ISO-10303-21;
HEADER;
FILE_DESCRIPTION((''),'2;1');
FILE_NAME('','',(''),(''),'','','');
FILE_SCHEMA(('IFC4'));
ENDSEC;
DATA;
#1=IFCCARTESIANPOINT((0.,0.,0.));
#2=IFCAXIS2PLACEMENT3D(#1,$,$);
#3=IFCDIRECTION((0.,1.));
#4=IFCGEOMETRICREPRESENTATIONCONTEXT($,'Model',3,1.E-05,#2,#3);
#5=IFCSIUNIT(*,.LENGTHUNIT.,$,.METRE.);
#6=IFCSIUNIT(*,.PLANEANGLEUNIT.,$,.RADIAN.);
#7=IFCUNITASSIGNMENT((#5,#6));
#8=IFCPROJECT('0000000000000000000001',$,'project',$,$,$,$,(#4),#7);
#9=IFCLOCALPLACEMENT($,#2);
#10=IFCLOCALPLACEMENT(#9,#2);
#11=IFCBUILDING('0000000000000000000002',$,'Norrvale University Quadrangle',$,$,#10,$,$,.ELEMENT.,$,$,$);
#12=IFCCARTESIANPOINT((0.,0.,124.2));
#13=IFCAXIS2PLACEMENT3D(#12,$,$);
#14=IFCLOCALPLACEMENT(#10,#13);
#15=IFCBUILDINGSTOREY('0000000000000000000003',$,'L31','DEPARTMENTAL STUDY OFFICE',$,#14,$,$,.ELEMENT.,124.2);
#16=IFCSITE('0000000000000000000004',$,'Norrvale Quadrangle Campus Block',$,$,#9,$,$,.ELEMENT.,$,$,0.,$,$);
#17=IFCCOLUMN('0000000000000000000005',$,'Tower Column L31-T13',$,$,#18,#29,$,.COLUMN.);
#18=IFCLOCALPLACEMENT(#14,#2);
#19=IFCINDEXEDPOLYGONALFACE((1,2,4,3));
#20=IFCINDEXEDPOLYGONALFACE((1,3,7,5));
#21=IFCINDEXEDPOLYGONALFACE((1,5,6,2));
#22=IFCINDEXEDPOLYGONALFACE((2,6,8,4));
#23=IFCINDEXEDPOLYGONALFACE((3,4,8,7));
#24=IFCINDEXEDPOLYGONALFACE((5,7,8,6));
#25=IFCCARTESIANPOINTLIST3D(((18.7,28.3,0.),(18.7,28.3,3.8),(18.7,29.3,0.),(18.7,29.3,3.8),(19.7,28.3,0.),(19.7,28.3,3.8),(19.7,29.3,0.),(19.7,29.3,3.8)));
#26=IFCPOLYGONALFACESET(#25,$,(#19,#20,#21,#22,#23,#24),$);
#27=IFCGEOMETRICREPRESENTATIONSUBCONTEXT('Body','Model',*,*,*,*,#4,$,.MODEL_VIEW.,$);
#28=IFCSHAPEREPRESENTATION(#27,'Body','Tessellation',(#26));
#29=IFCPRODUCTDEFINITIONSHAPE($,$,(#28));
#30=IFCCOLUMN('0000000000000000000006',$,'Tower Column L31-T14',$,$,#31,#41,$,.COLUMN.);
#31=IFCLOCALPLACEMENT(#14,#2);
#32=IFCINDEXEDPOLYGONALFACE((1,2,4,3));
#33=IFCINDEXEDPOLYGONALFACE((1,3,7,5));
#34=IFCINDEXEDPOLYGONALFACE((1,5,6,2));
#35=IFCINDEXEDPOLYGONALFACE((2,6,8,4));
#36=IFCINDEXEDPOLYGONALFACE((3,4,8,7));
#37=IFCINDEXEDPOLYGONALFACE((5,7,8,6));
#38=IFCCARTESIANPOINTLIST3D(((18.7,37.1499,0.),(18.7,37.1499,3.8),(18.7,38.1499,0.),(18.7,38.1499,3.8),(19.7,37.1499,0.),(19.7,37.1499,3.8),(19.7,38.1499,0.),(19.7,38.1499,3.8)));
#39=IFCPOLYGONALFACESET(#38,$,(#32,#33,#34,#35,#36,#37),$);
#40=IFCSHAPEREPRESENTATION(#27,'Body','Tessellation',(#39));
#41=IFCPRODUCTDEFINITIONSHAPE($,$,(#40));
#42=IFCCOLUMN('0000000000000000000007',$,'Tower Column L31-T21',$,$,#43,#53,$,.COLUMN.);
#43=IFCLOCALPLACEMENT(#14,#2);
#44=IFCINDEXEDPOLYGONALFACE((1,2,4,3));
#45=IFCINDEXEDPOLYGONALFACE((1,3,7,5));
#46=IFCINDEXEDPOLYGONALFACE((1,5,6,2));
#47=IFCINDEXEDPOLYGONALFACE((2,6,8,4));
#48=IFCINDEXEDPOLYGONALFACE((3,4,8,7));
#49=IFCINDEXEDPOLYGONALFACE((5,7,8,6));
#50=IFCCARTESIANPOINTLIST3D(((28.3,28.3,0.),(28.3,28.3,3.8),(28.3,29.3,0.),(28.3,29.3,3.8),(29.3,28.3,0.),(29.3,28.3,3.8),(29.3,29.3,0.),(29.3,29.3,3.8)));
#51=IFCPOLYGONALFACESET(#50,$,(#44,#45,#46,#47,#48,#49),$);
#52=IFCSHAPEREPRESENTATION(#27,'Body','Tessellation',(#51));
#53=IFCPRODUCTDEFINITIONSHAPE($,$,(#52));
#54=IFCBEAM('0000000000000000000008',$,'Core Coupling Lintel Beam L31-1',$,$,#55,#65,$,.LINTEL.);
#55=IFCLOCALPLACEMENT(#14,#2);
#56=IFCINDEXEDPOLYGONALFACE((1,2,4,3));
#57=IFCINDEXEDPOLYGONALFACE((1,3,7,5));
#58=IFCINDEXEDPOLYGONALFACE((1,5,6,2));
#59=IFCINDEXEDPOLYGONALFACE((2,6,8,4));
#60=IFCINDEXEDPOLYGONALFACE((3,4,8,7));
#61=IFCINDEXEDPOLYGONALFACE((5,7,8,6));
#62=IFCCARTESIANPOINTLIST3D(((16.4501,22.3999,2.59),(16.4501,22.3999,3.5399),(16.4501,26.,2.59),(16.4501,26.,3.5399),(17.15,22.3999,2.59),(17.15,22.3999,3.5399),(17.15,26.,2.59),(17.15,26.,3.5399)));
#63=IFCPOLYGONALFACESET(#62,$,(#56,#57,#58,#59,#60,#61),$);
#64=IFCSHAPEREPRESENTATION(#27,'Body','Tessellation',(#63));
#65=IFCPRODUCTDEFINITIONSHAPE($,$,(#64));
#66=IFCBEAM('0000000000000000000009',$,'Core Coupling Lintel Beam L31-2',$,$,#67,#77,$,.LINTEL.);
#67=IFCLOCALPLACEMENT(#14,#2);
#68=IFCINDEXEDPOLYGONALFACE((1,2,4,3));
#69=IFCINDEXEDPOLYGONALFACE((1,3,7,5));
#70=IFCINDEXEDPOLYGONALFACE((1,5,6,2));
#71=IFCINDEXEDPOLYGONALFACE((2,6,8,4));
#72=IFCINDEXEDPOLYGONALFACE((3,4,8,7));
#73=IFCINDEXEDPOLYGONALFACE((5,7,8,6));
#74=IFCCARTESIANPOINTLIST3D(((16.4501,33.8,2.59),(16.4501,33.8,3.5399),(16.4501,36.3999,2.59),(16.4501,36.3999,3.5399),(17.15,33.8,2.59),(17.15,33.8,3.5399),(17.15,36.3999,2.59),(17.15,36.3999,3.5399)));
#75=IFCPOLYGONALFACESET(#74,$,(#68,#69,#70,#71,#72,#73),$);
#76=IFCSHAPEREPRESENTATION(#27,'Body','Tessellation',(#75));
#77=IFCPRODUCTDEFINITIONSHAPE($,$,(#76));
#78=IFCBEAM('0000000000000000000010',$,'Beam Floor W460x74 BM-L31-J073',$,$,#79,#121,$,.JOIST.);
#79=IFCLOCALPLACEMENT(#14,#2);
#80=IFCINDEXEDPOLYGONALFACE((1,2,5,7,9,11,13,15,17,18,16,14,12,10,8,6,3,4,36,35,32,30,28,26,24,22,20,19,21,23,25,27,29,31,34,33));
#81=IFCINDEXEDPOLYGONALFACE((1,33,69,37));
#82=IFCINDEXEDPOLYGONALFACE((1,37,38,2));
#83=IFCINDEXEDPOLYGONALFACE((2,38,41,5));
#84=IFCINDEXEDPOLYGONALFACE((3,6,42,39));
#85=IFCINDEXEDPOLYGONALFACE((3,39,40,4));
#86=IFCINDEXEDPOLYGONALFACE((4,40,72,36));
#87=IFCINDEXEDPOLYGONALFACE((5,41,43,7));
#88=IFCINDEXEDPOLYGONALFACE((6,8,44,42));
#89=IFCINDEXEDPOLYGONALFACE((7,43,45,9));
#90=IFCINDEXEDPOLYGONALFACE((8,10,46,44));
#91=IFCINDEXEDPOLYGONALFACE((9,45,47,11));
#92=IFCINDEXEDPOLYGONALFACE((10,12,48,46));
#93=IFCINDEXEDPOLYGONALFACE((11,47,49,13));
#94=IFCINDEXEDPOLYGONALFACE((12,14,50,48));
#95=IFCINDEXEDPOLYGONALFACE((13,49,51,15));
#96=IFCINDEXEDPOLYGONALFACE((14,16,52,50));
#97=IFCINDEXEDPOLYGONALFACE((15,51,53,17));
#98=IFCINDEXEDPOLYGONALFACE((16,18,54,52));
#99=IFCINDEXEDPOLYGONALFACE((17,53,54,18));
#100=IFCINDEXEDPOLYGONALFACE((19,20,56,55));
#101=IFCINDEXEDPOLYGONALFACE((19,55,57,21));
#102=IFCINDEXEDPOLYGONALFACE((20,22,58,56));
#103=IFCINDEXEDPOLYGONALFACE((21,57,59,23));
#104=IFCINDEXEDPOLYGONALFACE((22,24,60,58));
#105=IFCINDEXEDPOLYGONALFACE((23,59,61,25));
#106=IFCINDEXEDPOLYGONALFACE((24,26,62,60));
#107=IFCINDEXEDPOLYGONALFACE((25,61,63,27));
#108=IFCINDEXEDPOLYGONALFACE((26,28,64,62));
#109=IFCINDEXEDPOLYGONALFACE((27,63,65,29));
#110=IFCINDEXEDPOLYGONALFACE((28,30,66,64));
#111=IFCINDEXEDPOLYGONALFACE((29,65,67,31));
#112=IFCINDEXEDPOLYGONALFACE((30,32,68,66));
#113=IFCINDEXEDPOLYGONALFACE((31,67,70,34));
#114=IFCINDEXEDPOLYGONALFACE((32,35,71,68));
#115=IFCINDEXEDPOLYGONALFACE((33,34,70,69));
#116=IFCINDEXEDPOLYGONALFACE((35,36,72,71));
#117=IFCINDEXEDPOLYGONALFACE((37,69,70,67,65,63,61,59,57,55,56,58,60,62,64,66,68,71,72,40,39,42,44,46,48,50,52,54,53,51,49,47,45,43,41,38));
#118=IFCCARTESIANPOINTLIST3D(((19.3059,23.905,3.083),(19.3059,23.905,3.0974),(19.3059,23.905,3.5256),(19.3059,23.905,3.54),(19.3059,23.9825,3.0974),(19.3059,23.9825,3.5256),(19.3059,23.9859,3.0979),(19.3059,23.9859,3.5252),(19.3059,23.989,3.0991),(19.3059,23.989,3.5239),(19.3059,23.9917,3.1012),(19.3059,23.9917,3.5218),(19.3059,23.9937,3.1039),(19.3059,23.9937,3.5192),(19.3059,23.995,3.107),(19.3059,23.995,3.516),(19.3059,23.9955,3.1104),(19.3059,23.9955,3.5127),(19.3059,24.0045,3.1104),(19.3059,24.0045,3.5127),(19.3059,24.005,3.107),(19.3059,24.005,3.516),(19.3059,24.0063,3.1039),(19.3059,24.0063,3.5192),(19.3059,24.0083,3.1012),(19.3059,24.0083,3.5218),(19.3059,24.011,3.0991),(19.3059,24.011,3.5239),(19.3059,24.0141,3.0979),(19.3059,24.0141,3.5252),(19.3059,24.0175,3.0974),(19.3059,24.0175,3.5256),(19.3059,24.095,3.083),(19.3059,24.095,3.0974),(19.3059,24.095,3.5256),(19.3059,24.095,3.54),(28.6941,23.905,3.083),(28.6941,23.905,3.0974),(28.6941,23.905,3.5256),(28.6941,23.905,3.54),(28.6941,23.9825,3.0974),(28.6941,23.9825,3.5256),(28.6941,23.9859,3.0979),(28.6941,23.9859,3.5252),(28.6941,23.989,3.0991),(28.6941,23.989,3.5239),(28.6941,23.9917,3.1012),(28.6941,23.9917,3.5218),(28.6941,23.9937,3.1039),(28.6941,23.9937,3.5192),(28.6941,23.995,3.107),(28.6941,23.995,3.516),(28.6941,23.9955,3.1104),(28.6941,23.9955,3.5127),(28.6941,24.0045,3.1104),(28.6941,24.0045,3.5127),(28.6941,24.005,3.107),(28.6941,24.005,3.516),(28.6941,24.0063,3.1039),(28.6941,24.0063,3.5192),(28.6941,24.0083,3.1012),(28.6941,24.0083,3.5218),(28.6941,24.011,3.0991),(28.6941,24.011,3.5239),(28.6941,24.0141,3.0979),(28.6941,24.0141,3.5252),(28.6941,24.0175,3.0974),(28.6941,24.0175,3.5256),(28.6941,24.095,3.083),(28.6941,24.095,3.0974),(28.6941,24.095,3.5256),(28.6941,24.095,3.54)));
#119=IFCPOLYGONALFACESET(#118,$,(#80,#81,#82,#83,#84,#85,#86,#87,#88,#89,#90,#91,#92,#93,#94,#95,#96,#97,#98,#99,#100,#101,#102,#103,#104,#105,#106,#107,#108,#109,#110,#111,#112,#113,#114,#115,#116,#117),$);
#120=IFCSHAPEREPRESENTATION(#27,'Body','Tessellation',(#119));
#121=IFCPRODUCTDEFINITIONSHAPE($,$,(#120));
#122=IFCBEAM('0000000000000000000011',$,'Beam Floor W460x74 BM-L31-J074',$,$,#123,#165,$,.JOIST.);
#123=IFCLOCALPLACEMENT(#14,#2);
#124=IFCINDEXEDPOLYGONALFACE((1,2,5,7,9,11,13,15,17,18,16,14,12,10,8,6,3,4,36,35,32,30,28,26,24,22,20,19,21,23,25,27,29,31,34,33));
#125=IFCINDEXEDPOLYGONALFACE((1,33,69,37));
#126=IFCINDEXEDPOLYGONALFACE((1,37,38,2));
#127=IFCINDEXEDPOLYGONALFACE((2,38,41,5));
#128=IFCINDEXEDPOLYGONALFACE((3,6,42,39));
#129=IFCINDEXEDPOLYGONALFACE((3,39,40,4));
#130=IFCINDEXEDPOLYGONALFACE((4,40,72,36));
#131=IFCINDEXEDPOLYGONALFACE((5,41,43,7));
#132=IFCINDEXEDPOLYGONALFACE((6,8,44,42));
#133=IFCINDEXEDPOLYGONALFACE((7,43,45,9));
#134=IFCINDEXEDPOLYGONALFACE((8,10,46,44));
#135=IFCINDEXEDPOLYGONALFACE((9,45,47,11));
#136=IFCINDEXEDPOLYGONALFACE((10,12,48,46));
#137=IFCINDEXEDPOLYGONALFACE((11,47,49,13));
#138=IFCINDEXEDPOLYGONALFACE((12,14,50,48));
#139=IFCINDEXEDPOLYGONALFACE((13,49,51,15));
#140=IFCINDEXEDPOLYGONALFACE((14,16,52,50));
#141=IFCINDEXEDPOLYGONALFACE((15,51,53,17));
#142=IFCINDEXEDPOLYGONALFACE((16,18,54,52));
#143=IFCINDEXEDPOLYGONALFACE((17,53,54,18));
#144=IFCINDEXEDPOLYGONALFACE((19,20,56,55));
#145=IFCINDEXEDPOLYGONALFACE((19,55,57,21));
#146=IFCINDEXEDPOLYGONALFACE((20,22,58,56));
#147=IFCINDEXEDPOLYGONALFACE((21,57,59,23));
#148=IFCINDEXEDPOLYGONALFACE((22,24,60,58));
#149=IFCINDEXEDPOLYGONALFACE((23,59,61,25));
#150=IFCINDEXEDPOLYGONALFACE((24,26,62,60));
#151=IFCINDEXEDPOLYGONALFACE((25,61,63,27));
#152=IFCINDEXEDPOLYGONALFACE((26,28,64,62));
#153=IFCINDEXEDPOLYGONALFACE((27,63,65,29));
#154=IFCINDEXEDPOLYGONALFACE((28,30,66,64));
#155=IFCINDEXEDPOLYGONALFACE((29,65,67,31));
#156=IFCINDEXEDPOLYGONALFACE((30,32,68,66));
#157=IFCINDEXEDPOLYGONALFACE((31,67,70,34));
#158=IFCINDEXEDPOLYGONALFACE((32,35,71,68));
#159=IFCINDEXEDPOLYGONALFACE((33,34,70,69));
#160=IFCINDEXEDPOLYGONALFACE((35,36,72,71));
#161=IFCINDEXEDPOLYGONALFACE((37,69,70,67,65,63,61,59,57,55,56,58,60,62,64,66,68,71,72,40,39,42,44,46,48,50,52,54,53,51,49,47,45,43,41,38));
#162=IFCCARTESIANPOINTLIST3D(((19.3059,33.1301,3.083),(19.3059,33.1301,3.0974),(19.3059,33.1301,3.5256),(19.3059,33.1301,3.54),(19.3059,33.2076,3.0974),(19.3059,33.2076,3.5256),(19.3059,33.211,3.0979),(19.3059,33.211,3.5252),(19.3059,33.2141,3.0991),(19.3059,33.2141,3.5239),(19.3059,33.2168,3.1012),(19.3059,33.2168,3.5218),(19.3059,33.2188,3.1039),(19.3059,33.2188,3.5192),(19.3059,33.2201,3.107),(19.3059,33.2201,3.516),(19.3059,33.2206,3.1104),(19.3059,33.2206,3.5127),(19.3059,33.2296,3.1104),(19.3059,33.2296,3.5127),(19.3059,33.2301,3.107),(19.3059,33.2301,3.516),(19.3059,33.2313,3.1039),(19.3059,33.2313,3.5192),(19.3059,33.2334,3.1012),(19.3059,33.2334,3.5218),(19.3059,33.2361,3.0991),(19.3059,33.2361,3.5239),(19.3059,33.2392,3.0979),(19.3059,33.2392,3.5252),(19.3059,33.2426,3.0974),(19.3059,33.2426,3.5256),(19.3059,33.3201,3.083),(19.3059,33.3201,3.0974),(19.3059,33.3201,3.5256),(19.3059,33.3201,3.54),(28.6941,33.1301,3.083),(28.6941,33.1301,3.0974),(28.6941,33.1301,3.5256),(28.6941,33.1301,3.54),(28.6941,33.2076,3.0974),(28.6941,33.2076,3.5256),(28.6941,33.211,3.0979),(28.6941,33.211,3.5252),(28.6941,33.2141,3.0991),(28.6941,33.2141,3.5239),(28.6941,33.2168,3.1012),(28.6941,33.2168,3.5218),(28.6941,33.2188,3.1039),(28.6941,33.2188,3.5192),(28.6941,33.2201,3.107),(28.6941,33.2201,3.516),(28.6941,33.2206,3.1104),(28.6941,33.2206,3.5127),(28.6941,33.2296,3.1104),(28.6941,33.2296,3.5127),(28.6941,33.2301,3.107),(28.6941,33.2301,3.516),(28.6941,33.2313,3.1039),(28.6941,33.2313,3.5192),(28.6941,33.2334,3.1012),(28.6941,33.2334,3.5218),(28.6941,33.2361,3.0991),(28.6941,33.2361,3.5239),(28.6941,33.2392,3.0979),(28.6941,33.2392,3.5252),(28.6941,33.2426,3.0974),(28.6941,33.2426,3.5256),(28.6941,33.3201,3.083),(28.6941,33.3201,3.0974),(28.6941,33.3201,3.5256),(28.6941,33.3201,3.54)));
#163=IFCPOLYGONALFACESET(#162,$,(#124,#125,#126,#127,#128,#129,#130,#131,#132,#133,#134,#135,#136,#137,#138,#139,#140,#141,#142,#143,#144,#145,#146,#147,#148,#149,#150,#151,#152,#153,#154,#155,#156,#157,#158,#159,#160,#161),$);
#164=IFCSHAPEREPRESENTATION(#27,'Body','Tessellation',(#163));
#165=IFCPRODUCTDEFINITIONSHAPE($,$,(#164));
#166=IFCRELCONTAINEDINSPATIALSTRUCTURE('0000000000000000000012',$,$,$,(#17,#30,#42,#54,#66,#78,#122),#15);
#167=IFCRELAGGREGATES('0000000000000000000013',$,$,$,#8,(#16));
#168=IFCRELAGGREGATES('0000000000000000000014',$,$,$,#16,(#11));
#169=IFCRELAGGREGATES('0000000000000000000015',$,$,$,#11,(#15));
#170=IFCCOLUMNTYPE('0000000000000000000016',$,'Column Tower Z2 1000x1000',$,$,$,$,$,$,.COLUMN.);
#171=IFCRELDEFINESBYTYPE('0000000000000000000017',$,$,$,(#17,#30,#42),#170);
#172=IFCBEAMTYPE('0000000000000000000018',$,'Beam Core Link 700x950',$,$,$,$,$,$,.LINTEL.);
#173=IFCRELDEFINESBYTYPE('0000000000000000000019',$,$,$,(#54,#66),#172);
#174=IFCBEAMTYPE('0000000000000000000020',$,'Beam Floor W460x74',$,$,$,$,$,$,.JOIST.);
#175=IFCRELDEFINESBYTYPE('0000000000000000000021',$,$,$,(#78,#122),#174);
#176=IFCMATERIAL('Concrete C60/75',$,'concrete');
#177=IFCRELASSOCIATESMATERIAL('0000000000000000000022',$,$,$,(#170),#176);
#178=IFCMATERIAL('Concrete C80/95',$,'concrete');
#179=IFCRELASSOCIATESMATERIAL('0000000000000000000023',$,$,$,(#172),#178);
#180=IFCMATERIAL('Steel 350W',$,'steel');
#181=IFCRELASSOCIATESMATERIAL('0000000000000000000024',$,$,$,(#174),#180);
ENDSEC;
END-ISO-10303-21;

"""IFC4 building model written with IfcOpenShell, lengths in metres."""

from ifc_helpers import new_model, si_unit, direction, frame, origin, origin_2d, place, context, subcontext, project, spatial, rectangle, i_section, extrude, material, material_profile, profile_set, type_object, element, save


model = new_model("IFC4")

# Units and contexts
model_context = context("Model", 3, precision=1e-05, world=origin(), true_north=direction((0.0, 1.0)))
body_context = subcontext(model_context, "Body", "Model", "MODEL_VIEW")
ifc_project = project(units=[si_unit("LENGTHUNIT", "METRE"), si_unit("PLANEANGLEUNIT", "RADIAN")], contexts=[model_context])

# Site, building, storey
site_placement = place(None, origin())
site = spatial("IfcSite", under=ifc_project, at=site_placement, Name="Norrvale Quadrangle Campus Block", CompositionType="ELEMENT", RefElevation=0.0)
building_placement = place(site_placement, origin())
building = spatial("IfcBuilding", under=site, at=building_placement, Name="Norrvale University Quadrangle", CompositionType="ELEMENT")
storey_placement = place(building_placement, frame((0.0, 0.0, 124.2)))
storey = spatial("IfcBuildingStorey", under=building, at=storey_placement, Name="L31", Description="DEPARTMENTAL STUDY OFFICE", CompositionType="ELEMENT", Elevation=124.2)

# Columns
ifc_material_1 = material(Name="Concrete C60/75", Category="concrete")
ifc_material_profile_1 = material_profile(ifc_material_1, rectangle(XDim=1.0, YDim=1.0, at=origin_2d()), Name="Concrete C60/75")
ifc_profile_set_1 = profile_set([ifc_material_profile_1], Name="Concrete C60/75")
column_type = type_object("IfcColumnType", Name="Column Tower Z2 1000x1000", PredefinedType="COLUMN", material=ifc_profile_set_1)
for number, where, z_axis, x_axis, name in (
    (1, (19.2, 28.8, 0.0), (0.0, 0.0, 1.0), (1.0, 0.0, 0.0), "Tower Column L31-T13"),
    (2, (19.2, 37.6499, 0.0), (0.0, 0.0, 1.0), (1.0, 0.0, 0.0), "Tower Column L31-T14"),
    (3, (28.8, 28.8, 0.0), (0.0, 0.0, 1.0), (1.0, 0.0, 0.0), "Tower Column L31-T21"),
):
    element("IfcColumn", number, at=place(storey_placement, frame(where, z_axis=z_axis, x_axis=x_axis)), inside=storey, type_object=column_type, Name=name, PredefinedType="COLUMN", context=body_context, shape_type="SweptSolid", body=[
        extrude(rectangle(XDim=1.0, YDim=1.0, at=origin_2d()), origin(), (0.0, 0.0, 1.0), 3.8),
    ])

# Beams
ifc_material_2 = material(Name="Concrete C80/95", Category="concrete")
ifc_material_profile_2 = material_profile(ifc_material_2, rectangle(XDim=0.7, YDim=0.95, at=origin_2d()), Name="Concrete C80/95")
ifc_profile_set_2 = profile_set([ifc_material_profile_2], Name="Concrete C80/95")
beam_type_1 = type_object("IfcBeamType", Name="Beam Core Link 700x950", PredefinedType="LINTEL", material=ifc_profile_set_2)
beam_1_placement = place(storey_placement, frame((16.8, 22.3999, 3.0649), z_axis=(0.0, 1.0, 0.0), x_axis=(-1.0, 0.0, 0.0)))
element("IfcBeam", 4, at=beam_1_placement, inside=storey, type_object=beam_type_1, Name="Core Coupling Lintel Beam L31-1", PredefinedType="LINTEL", context=body_context, shape_type="SweptSolid", body=[
    extrude(rectangle(XDim=0.7, YDim=0.95, at=origin_2d()), origin(), (0.0, 0.0, 1.0), 3.6001),
])
beam_2_placement = place(storey_placement, frame((16.8, 33.8, 3.0649), z_axis=(0.0, 1.0, 0.0), x_axis=(-1.0, 0.0, 0.0)))
element("IfcBeam", 5, at=beam_2_placement, inside=storey, type_object=beam_type_1, Name="Core Coupling Lintel Beam L31-2", PredefinedType="LINTEL", context=body_context, shape_type="SweptSolid", body=[
    extrude(rectangle(XDim=0.7, YDim=0.95, at=origin_2d()), origin(), (0.0, 0.0, 1.0), 2.5999),
])
ifc_material_3 = material(Name="Steel 350W", Category="steel")
ifc_material_profile_3 = material_profile(ifc_material_3, i_section(OverallWidth=0.1899, OverallDepth=0.457, WebThickness=0.009, FlangeThickness=0.0144, FilletRadius=0.0129, at=origin_2d()), Name="Steel 350W")
ifc_profile_set_3 = profile_set([ifc_material_profile_3], Name="Steel 350W")
beam_type_2 = type_object("IfcBeamType", Name="Beam Floor W460x74", PredefinedType="JOIST", material=ifc_profile_set_3)
for number, where, z_axis, x_axis, name in (
    (6, (19.3059, 24.0, 3.3115), (1.0, 0.0, 0.0), (0.0, 1.0, 0.0), "Beam Floor W460x74 BM-L31-J073"),
    (7, (19.3059, 33.2251, 3.3115), (1.0, 0.0, 0.0), (0.0, 1.0, 0.0), "Beam Floor W460x74 BM-L31-J074"),
):
    element("IfcBeam", number, at=place(storey_placement, frame(where, z_axis=z_axis, x_axis=x_axis)), inside=storey, type_object=beam_type_2, Name=name, PredefinedType="JOIST", context=body_context, shape_type="SweptSolid", body=[
        extrude(i_section(OverallWidth=0.1899, OverallDepth=0.457, WebThickness=0.009, FlangeThickness=0.0144, FilletRadius=0.0129, at=origin_2d()), origin(), (0.0, 0.0, 1.0), 9.3882),
    ])

save(model, "model.ifc")
